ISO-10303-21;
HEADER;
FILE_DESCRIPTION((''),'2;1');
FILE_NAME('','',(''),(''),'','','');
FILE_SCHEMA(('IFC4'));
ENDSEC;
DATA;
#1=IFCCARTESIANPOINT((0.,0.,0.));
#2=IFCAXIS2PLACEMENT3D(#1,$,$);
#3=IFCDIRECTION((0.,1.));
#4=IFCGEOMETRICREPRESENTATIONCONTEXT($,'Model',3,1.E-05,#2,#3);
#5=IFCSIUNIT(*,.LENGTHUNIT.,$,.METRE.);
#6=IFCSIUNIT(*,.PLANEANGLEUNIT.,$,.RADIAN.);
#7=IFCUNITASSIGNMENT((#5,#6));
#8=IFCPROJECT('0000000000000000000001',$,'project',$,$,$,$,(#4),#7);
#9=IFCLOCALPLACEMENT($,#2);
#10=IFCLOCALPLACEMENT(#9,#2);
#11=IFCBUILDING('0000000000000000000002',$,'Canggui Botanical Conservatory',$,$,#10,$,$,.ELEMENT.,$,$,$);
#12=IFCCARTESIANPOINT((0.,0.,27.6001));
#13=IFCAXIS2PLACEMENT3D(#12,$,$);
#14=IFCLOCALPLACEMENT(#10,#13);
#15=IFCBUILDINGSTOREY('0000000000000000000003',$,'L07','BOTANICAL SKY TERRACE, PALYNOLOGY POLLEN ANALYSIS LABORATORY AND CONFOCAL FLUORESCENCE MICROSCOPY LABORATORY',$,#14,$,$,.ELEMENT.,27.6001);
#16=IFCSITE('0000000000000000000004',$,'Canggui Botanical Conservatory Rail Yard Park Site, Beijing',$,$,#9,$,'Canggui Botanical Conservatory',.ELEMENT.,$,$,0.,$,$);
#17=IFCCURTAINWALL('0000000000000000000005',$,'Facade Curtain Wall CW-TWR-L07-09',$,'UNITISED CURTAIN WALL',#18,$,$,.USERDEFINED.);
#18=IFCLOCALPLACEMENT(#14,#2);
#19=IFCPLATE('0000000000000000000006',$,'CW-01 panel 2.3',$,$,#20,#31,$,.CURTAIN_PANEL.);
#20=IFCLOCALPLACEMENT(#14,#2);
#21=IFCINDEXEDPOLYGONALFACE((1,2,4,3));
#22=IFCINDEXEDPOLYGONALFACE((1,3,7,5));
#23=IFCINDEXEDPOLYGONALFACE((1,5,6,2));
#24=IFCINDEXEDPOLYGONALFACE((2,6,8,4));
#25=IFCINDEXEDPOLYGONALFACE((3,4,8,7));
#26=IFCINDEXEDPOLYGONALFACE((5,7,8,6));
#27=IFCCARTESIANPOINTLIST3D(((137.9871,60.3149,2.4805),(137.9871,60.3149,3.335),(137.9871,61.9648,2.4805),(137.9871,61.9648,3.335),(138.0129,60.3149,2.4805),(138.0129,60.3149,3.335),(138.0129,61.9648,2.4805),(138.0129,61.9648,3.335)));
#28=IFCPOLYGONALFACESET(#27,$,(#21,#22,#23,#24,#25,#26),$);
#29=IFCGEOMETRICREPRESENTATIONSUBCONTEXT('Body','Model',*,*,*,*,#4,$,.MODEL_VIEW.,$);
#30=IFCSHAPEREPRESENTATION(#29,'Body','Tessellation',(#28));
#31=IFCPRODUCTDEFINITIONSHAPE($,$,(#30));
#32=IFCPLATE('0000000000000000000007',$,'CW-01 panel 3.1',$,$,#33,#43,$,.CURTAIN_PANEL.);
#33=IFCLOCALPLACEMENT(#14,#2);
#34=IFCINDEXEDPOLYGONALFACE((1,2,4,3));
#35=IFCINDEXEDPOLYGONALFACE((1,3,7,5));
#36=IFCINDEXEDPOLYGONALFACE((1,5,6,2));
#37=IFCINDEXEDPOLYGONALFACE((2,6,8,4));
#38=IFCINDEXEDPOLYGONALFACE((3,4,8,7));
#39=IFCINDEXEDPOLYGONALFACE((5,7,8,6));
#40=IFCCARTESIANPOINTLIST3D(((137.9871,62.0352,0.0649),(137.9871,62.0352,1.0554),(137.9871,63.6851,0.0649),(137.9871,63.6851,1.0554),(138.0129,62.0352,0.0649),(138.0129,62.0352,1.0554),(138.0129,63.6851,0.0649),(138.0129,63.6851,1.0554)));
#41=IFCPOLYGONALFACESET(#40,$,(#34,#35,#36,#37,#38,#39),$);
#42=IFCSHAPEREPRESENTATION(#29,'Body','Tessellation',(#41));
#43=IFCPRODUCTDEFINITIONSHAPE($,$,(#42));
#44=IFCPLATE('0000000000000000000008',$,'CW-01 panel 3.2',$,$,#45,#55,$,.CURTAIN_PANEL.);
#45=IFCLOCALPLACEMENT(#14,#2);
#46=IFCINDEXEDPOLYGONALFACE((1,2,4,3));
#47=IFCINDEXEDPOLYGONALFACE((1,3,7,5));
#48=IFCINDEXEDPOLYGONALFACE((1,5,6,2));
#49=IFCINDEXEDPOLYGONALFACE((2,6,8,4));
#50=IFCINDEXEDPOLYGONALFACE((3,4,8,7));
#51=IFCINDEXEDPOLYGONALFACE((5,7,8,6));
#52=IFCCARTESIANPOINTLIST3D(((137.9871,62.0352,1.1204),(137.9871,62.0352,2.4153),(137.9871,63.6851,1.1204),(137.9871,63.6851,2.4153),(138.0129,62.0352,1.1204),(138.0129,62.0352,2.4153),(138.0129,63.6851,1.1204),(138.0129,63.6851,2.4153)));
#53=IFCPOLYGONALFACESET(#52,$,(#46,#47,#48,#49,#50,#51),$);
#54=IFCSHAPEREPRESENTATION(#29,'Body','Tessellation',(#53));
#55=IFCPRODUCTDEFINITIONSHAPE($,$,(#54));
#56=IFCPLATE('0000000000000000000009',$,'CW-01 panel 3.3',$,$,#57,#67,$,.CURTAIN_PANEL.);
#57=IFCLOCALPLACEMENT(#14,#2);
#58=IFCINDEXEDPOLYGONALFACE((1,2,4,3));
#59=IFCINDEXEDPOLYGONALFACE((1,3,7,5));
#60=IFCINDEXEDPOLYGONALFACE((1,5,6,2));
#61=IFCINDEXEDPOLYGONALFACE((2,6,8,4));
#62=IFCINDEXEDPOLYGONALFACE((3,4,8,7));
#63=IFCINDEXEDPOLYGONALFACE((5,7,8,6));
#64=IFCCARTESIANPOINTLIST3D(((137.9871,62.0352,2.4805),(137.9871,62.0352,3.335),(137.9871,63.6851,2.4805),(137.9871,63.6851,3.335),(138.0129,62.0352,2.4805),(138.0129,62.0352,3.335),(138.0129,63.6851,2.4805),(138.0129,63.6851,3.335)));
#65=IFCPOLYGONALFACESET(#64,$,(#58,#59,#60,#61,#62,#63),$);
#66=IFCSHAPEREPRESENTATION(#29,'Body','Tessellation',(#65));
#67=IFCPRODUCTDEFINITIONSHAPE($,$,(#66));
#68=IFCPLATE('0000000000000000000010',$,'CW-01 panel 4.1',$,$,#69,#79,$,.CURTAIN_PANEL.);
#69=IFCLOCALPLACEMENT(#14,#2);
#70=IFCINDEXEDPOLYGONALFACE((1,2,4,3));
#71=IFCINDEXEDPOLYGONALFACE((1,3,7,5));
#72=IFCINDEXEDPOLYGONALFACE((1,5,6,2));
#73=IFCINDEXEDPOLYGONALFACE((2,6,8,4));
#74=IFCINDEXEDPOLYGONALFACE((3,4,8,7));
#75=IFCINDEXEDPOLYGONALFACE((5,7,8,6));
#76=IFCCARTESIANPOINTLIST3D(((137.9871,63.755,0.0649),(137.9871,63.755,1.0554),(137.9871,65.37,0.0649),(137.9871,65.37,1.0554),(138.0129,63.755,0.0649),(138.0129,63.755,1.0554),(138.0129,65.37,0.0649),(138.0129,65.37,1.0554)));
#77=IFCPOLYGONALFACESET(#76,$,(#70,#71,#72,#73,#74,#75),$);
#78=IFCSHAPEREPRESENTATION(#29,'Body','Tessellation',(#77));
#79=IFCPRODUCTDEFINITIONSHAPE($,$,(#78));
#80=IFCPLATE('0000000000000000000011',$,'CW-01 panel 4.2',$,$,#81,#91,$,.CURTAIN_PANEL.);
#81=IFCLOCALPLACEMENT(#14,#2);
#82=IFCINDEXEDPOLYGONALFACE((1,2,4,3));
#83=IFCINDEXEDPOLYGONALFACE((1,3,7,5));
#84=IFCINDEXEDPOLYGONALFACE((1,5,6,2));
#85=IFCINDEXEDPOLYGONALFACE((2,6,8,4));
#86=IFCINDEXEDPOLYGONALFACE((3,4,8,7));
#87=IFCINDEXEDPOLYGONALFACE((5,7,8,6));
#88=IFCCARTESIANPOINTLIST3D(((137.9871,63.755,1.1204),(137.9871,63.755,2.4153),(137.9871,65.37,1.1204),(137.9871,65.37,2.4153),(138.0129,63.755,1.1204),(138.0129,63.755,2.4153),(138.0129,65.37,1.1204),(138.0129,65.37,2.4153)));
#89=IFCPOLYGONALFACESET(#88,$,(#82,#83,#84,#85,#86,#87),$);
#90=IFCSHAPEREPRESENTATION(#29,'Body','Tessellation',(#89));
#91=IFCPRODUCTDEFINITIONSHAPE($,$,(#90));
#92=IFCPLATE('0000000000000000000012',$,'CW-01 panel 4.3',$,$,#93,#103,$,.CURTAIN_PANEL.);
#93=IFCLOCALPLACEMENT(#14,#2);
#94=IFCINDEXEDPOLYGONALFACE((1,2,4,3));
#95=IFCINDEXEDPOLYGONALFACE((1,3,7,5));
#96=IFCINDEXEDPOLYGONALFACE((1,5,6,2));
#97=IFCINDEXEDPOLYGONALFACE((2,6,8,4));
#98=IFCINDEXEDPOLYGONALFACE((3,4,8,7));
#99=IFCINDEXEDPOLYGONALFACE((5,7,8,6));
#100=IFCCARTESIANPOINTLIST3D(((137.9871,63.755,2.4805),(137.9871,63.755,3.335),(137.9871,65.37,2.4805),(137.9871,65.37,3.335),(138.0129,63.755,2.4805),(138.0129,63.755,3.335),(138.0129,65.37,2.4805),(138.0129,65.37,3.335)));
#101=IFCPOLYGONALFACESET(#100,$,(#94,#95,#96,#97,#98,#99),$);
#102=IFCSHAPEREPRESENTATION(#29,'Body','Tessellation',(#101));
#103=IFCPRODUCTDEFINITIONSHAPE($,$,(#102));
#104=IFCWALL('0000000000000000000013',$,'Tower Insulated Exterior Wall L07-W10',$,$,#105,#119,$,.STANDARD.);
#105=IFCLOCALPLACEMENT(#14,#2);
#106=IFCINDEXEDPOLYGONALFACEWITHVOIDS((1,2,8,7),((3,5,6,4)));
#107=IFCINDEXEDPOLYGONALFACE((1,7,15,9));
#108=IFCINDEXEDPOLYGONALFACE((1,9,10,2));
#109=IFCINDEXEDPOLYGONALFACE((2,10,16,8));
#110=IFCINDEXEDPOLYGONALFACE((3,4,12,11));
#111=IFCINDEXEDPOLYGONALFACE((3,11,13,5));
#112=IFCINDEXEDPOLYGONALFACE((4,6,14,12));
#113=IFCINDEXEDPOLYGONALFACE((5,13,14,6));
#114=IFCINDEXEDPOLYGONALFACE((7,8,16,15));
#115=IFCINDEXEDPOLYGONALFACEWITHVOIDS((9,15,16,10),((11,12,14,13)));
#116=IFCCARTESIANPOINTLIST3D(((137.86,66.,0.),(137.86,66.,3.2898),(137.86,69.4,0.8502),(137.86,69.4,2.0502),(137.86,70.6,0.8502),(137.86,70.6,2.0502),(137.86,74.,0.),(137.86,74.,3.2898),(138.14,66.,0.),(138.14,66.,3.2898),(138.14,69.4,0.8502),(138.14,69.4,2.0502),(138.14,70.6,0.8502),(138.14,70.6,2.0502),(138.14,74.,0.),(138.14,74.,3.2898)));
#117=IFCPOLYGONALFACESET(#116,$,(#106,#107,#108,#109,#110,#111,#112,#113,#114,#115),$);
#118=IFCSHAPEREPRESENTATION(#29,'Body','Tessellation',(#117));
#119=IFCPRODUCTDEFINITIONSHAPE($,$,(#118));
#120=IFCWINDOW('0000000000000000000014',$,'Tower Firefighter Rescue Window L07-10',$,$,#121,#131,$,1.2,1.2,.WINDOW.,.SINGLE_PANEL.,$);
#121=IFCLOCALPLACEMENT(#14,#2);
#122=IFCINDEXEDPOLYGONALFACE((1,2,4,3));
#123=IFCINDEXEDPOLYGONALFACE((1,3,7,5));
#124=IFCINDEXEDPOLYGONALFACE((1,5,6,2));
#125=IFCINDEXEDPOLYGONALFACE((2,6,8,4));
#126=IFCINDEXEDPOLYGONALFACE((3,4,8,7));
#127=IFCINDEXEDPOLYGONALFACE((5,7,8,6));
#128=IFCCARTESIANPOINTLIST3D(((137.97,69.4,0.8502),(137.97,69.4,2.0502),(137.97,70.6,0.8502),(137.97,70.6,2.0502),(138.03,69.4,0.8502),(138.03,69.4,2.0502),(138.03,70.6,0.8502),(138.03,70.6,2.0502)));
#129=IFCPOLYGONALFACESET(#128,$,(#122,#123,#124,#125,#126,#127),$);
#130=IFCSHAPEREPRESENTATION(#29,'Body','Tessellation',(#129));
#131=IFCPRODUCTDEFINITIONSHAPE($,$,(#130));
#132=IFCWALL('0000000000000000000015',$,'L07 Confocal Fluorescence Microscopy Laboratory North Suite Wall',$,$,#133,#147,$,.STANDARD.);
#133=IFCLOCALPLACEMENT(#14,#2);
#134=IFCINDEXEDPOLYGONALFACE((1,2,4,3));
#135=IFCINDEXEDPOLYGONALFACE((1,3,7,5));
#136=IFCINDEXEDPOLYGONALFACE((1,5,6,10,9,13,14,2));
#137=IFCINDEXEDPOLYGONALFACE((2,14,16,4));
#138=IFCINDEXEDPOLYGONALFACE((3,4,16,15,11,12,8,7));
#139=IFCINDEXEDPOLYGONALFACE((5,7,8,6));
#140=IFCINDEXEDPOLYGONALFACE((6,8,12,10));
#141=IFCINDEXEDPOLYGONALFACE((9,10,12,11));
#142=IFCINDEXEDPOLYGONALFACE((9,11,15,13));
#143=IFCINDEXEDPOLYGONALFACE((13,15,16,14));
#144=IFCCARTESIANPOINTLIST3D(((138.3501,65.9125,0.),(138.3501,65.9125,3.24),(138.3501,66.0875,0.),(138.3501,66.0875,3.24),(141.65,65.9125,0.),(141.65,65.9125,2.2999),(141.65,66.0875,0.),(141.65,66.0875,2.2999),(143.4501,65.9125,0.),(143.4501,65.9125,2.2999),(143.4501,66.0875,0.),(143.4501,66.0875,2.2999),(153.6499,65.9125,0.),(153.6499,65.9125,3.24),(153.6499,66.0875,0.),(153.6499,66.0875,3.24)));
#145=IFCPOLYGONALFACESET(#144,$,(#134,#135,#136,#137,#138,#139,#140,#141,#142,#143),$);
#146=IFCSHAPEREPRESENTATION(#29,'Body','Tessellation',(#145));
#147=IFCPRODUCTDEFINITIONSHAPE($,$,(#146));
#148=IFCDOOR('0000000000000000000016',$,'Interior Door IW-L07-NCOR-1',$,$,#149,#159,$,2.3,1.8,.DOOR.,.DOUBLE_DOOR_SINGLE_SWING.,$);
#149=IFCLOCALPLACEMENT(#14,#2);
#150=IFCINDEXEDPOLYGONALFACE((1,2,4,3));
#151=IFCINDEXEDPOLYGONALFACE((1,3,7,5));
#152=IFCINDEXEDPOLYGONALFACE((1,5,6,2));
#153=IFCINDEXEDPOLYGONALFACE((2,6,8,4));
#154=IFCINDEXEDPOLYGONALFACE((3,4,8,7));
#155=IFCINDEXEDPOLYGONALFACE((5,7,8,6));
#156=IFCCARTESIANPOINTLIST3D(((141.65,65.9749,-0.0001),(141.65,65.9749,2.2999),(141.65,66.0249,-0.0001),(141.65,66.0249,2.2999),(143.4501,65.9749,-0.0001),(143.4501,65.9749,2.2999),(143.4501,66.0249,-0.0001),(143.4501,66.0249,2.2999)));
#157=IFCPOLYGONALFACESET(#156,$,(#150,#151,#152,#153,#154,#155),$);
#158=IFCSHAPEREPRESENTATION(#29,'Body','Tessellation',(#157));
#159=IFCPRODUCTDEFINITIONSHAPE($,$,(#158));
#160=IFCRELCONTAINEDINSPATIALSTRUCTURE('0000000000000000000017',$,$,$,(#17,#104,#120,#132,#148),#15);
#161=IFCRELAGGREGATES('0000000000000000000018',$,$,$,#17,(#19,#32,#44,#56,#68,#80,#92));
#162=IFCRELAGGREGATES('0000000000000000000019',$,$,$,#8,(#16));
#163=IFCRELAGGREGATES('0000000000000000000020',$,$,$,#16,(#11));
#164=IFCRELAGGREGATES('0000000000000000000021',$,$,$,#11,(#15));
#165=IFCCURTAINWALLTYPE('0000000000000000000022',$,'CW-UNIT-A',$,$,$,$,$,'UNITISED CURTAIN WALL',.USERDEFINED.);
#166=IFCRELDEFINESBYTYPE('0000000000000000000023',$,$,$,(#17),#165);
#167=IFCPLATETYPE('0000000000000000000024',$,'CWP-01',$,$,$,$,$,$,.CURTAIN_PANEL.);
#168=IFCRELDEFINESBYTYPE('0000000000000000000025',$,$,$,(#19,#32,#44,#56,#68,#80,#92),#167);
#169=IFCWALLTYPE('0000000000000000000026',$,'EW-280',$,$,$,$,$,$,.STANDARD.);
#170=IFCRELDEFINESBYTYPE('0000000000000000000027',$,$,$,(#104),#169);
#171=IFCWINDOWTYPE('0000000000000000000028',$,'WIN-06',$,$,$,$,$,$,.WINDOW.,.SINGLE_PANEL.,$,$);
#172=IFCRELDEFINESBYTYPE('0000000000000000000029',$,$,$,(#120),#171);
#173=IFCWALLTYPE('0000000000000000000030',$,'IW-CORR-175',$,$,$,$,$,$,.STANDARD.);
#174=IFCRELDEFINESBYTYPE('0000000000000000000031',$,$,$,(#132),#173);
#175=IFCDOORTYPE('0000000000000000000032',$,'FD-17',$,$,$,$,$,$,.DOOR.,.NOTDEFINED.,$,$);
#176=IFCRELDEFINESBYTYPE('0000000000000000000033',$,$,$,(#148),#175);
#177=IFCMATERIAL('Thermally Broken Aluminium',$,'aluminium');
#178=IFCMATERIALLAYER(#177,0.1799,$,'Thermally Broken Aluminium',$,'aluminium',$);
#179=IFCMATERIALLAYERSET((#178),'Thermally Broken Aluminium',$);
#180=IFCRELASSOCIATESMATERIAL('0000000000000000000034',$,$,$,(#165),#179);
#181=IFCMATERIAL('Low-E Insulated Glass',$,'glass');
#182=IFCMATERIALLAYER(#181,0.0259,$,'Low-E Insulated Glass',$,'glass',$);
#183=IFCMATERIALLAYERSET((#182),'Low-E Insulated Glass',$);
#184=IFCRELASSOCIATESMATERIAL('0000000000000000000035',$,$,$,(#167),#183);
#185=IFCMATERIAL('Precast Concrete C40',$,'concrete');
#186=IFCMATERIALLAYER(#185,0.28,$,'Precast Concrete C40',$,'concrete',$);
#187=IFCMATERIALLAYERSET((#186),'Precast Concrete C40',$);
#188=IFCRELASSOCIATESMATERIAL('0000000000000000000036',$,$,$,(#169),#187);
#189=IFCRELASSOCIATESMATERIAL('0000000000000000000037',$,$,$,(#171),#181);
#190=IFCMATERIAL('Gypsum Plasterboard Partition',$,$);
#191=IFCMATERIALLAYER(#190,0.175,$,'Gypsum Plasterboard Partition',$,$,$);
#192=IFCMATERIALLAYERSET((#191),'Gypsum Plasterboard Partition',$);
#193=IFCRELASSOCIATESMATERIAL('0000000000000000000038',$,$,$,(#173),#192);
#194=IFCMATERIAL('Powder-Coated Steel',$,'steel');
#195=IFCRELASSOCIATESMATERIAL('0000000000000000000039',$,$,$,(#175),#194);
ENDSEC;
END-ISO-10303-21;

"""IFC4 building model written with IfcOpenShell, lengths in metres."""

from ifc_helpers import new_model, si_unit, direction, frame, frame_2d, origin, origin_2d, place, context, subcontext, project, spatial, rectangle, extrude, material, layer, layer_set, type_object, element, fill, aggregate, save


model = new_model("IFC4")

# Units and contexts
model_context = context("Model", 3, precision=1e-05, world=origin(), true_north=direction((0.0, 1.0)))
body_context = subcontext(model_context, "Body", "Model", "MODEL_VIEW")
ifc_project = project(units=[si_unit("LENGTHUNIT", "METRE"), si_unit("PLANEANGLEUNIT", "RADIAN")], contexts=[model_context])

# Site, building, storey
site_placement = place(None, origin())
site = spatial("IfcSite", under=ifc_project, at=site_placement, Name="Canggui Botanical Conservatory Rail Yard Park Site, Beijing", LongName="Canggui Botanical Conservatory", CompositionType="ELEMENT", RefElevation=0.0)
building_placement = place(site_placement, origin())
building = spatial("IfcBuilding", under=site, at=building_placement, Name="Canggui Botanical Conservatory", CompositionType="ELEMENT")
storey_placement = place(building_placement, frame((0.0, 0.0, 27.6001)))
storey = spatial("IfcBuildingStorey", under=building, at=storey_placement, Name="L07", Description="BOTANICAL SKY TERRACE, PALYNOLOGY POLLEN ANALYSIS LABORATORY AND CONFOCAL FLUORESCENCE MICROSCOPY LABORATORY", CompositionType="ELEMENT", Elevation=27.6001)

# Curtain wall
ifc_material_1 = material(Name="Thermally Broken Aluminium", Category="aluminium")
ifc_layer_1 = layer(ifc_material_1, 0.1799, Name="Thermally Broken Aluminium", Category="aluminium")
ifc_layer_set_1 = layer_set([ifc_layer_1], Name="Thermally Broken Aluminium")
curtain_wall_type = type_object("IfcCurtainWallType", Name="CW-UNIT-A", ElementType="UNITISED CURTAIN WALL", PredefinedType="USERDEFINED", material=ifc_layer_set_1)
curtain_wall_1_placement = place(storey_placement, origin())
curtain_wall_1 = element("IfcCurtainWall", 1, at=curtain_wall_1_placement, inside=storey, type_object=curtain_wall_type, Name="Facade Curtain Wall CW-TWR-L07-09", ObjectType="UNITISED CURTAIN WALL", PredefinedType="USERDEFINED")

# Plates
ifc_material_2 = material(Name="Low-E Insulated Glass", Category="glass")
ifc_layer_2 = layer(ifc_material_2, 0.0259, Name="Low-E Insulated Glass", Category="glass")
ifc_layer_set_2 = layer_set([ifc_layer_2], Name="Low-E Insulated Glass")
plate_type = type_object("IfcPlateType", Name="CWP-01", PredefinedType="CURTAIN_PANEL", material=ifc_layer_set_2)
plate_1_placement = place(storey_placement, frame((138.0, 61.1399, 2.4805), z_axis=(0.0, 0.0, 1.0), x_axis=(0.0, 1.0, 0.0)))
plate_1 = element("IfcPlate", 2, at=plate_1_placement, type_object=plate_type, Name="CW-01 panel 2.3", PredefinedType="CURTAIN_PANEL", context=body_context, shape_type="SweptSolid", body=[
    extrude(rectangle(XDim=1.6499, YDim=0.0259, at=origin_2d()), origin(), (0.0, 0.0, 1.0), 0.8545),
])
plate_2_placement = place(storey_placement, frame((138.0, 62.8601, 0.0649), z_axis=(0.0, 0.0, 1.0), x_axis=(0.0, 1.0, 0.0)))
plate_2 = element("IfcPlate", 3, at=plate_2_placement, type_object=plate_type, Name="CW-01 panel 3.1", PredefinedType="CURTAIN_PANEL", context=body_context, shape_type="SweptSolid", body=[
    extrude(rectangle(XDim=1.6499, YDim=0.0259, at=origin_2d()), origin(), (0.0, 0.0, 1.0), 0.9905),
])
plate_3_placement = place(storey_placement, frame((138.0, 62.8601, 1.1204), z_axis=(0.0, 0.0, 1.0), x_axis=(0.0, 1.0, 0.0)))
plate_3 = element("IfcPlate", 4, at=plate_3_placement, type_object=plate_type, Name="CW-01 panel 3.2", PredefinedType="CURTAIN_PANEL", context=body_context, shape_type="SweptSolid", body=[
    extrude(rectangle(XDim=1.6499, YDim=0.0259, at=origin_2d()), origin(), (0.0, 0.0, 1.0), 1.2949),
])
plate_4_placement = place(storey_placement, frame((138.0, 62.8601, 2.4805), z_axis=(0.0, 0.0, 1.0), x_axis=(0.0, 1.0, 0.0)))
plate_4 = element("IfcPlate", 5, at=plate_4_placement, type_object=plate_type, Name="CW-01 panel 3.3", PredefinedType="CURTAIN_PANEL", context=body_context, shape_type="SweptSolid", body=[
    extrude(rectangle(XDim=1.6499, YDim=0.0259, at=origin_2d()), origin(), (0.0, 0.0, 1.0), 0.8545),
])
plate_5_placement = place(storey_placement, frame((138.0, 64.5625, 0.0649), z_axis=(0.0, 0.0, 1.0), x_axis=(0.0, 1.0, 0.0)))
plate_5 = element("IfcPlate", 6, at=plate_5_placement, type_object=plate_type, Name="CW-01 panel 4.1", PredefinedType="CURTAIN_PANEL", context=body_context, shape_type="SweptSolid", body=[
    extrude(rectangle(XDim=1.615, YDim=0.0259, at=origin_2d()), origin(), (0.0, 0.0, 1.0), 0.9905),
])
plate_6_placement = place(storey_placement, frame((138.0, 64.5625, 1.1204), z_axis=(0.0, 0.0, 1.0), x_axis=(0.0, 1.0, 0.0)))
plate_6 = element("IfcPlate", 7, at=plate_6_placement, type_object=plate_type, Name="CW-01 panel 4.2", PredefinedType="CURTAIN_PANEL", context=body_context, shape_type="SweptSolid", body=[
    extrude(rectangle(XDim=1.615, YDim=0.0259, at=origin_2d()), origin(), (0.0, 0.0, 1.0), 1.2949),
])
plate_7_placement = place(storey_placement, frame((138.0, 64.5625, 2.4805), z_axis=(0.0, 0.0, 1.0), x_axis=(0.0, 1.0, 0.0)))
plate_7 = element("IfcPlate", 8, at=plate_7_placement, type_object=plate_type, Name="CW-01 panel 4.3", PredefinedType="CURTAIN_PANEL", context=body_context, shape_type="SweptSolid", body=[
    extrude(rectangle(XDim=1.615, YDim=0.0259, at=origin_2d()), origin(), (0.0, 0.0, 1.0), 0.8545),
])
aggregate(curtain_wall_1, [plate_1, plate_2, plate_3, plate_4, plate_5, plate_6, plate_7])

# Wall, opening, window
ifc_material_3 = material(Name="Precast Concrete C40", Category="concrete")
ifc_layer_3 = layer(ifc_material_3, 0.28, Name="Precast Concrete C40", Category="concrete")
ifc_layer_set_3 = layer_set([ifc_layer_3], Name="Precast Concrete C40")
wall_type_1 = type_object("IfcWallType", Name="EW-280", PredefinedType="STANDARD", material=ifc_layer_set_3)
wall_1_placement = place(storey_placement, frame((138.0, 66.0, 0.0), z_axis=(0.0, 0.0, 1.0), x_axis=(0.0, 1.0, 0.0)))
wall_1 = element("IfcWall", 9, at=wall_1_placement, inside=storey, type_object=wall_type_1, Name="Tower Insulated Exterior Wall L07-W10", PredefinedType="STANDARD", context=body_context, shape_type="SweptSolid", body=[
    extrude(rectangle(XDim=8.0, YDim=0.28, at=frame_2d((4.0, 0.0))), origin(), (0.0, 0.0, 1.0), 3.2898),
])
opening_1_placement = place(wall_1_placement, frame((3.3999, 0.0, 0.8501)))
opening_1 = element("IfcOpeningElement", 10, at=opening_1_placement, cuts=wall_1, PredefinedType="OPENING", context=body_context, shape_type="SweptSolid", body=[
    extrude(rectangle(XDim=1.2, YDim=1.2, at=frame_2d((0.6001, 0.6001))), frame((0.0, 0.1499, 0.0), z_axis=(0.0, -1.0, 0.0), x_axis=(1.0, 0.0, 0.0)), (0.0, 0.0, 1.0), 0.3),
])
window_type = type_object("IfcWindowType", Name="WIN-06", PartitioningType="SINGLE_PANEL", PredefinedType="WINDOW", material=ifc_material_2)
window_placement = place(opening_1_placement, origin())
window = element("IfcWindow", 11, at=window_placement, inside=storey, type_object=window_type, Name="Tower Firefighter Rescue Window L07-10", OverallHeight=1.2, OverallWidth=1.2, PartitioningType="SINGLE_PANEL", PredefinedType="WINDOW", context=body_context, shape_type="SweptSolid", body=[
    extrude(rectangle(XDim=1.2, YDim=1.2, at=frame_2d((0.6001, 0.6001))), frame((0.0, 0.03, 0.0), z_axis=(0.0, -1.0, 0.0), x_axis=(1.0, 0.0, 0.0)), (0.0, 0.0, 1.0), 0.0601),
])
fill(opening_1, window)

# Wall, opening, door
ifc_material_4 = material(Name="Gypsum Plasterboard Partition")
ifc_layer_4 = layer(ifc_material_4, 0.175, Name="Gypsum Plasterboard Partition")
ifc_layer_set_4 = layer_set([ifc_layer_4], Name="Gypsum Plasterboard Partition")
wall_type_2 = type_object("IfcWallType", Name="IW-CORR-175", PredefinedType="STANDARD", material=ifc_layer_set_4)
wall_2_placement = place(storey_placement, frame((138.3501, 66.0, 0.0), z_axis=(0.0, 0.0, 1.0), x_axis=(1.0, 0.0, 0.0)))
wall_2 = element("IfcWall", 12, at=wall_2_placement, inside=storey, type_object=wall_type_2, Name="L07 Confocal Fluorescence Microscopy Laboratory North Suite Wall", PredefinedType="STANDARD", context=body_context, shape_type="SweptSolid", body=[
    extrude(rectangle(XDim=15.2998, YDim=0.175, at=frame_2d((7.6499, 0.0))), origin(), (0.0, 0.0, 1.0), 3.24),
])
opening_2_placement = place(wall_2_placement, frame((3.3, 0.0, 0.0)))
opening_2 = element("IfcOpeningElement", 13, at=opening_2_placement, cuts=wall_2, PredefinedType="OPENING", context=body_context, shape_type="SweptSolid", body=[
    extrude(rectangle(XDim=1.8, YDim=2.3, at=frame_2d((0.8999, 1.1499))), frame((0.0, 0.0977, 0.0), z_axis=(0.0, -1.0, 0.0), x_axis=(1.0, 0.0, 0.0)), (0.0, 0.0, 1.0), 0.1951),
])
ifc_material_5 = material(Name="Powder-Coated Steel", Category="steel")
door_type = type_object("IfcDoorType", Name="FD-17", OperationType="NOTDEFINED", PredefinedType="DOOR", material=ifc_material_5)
door_placement = place(opening_2_placement, origin())
door = element("IfcDoor", 14, at=door_placement, inside=storey, type_object=door_type, Name="Interior Door IW-L07-NCOR-1", OperationType="DOUBLE_DOOR_SINGLE_SWING", OverallHeight=2.3, OverallWidth=1.8, PredefinedType="DOOR", context=body_context, shape_type="SweptSolid", body=[
    extrude(rectangle(XDim=1.8, YDim=2.3, at=frame_2d((0.8999, 1.1499))), frame((0.0, 0.0249, 0.0), z_axis=(0.0, -1.0, 0.0), x_axis=(1.0, 0.0, 0.0)), (0.0, 0.0, 1.0), 0.05),
])
fill(opening_2, door)

save(model, "model.ifc")
